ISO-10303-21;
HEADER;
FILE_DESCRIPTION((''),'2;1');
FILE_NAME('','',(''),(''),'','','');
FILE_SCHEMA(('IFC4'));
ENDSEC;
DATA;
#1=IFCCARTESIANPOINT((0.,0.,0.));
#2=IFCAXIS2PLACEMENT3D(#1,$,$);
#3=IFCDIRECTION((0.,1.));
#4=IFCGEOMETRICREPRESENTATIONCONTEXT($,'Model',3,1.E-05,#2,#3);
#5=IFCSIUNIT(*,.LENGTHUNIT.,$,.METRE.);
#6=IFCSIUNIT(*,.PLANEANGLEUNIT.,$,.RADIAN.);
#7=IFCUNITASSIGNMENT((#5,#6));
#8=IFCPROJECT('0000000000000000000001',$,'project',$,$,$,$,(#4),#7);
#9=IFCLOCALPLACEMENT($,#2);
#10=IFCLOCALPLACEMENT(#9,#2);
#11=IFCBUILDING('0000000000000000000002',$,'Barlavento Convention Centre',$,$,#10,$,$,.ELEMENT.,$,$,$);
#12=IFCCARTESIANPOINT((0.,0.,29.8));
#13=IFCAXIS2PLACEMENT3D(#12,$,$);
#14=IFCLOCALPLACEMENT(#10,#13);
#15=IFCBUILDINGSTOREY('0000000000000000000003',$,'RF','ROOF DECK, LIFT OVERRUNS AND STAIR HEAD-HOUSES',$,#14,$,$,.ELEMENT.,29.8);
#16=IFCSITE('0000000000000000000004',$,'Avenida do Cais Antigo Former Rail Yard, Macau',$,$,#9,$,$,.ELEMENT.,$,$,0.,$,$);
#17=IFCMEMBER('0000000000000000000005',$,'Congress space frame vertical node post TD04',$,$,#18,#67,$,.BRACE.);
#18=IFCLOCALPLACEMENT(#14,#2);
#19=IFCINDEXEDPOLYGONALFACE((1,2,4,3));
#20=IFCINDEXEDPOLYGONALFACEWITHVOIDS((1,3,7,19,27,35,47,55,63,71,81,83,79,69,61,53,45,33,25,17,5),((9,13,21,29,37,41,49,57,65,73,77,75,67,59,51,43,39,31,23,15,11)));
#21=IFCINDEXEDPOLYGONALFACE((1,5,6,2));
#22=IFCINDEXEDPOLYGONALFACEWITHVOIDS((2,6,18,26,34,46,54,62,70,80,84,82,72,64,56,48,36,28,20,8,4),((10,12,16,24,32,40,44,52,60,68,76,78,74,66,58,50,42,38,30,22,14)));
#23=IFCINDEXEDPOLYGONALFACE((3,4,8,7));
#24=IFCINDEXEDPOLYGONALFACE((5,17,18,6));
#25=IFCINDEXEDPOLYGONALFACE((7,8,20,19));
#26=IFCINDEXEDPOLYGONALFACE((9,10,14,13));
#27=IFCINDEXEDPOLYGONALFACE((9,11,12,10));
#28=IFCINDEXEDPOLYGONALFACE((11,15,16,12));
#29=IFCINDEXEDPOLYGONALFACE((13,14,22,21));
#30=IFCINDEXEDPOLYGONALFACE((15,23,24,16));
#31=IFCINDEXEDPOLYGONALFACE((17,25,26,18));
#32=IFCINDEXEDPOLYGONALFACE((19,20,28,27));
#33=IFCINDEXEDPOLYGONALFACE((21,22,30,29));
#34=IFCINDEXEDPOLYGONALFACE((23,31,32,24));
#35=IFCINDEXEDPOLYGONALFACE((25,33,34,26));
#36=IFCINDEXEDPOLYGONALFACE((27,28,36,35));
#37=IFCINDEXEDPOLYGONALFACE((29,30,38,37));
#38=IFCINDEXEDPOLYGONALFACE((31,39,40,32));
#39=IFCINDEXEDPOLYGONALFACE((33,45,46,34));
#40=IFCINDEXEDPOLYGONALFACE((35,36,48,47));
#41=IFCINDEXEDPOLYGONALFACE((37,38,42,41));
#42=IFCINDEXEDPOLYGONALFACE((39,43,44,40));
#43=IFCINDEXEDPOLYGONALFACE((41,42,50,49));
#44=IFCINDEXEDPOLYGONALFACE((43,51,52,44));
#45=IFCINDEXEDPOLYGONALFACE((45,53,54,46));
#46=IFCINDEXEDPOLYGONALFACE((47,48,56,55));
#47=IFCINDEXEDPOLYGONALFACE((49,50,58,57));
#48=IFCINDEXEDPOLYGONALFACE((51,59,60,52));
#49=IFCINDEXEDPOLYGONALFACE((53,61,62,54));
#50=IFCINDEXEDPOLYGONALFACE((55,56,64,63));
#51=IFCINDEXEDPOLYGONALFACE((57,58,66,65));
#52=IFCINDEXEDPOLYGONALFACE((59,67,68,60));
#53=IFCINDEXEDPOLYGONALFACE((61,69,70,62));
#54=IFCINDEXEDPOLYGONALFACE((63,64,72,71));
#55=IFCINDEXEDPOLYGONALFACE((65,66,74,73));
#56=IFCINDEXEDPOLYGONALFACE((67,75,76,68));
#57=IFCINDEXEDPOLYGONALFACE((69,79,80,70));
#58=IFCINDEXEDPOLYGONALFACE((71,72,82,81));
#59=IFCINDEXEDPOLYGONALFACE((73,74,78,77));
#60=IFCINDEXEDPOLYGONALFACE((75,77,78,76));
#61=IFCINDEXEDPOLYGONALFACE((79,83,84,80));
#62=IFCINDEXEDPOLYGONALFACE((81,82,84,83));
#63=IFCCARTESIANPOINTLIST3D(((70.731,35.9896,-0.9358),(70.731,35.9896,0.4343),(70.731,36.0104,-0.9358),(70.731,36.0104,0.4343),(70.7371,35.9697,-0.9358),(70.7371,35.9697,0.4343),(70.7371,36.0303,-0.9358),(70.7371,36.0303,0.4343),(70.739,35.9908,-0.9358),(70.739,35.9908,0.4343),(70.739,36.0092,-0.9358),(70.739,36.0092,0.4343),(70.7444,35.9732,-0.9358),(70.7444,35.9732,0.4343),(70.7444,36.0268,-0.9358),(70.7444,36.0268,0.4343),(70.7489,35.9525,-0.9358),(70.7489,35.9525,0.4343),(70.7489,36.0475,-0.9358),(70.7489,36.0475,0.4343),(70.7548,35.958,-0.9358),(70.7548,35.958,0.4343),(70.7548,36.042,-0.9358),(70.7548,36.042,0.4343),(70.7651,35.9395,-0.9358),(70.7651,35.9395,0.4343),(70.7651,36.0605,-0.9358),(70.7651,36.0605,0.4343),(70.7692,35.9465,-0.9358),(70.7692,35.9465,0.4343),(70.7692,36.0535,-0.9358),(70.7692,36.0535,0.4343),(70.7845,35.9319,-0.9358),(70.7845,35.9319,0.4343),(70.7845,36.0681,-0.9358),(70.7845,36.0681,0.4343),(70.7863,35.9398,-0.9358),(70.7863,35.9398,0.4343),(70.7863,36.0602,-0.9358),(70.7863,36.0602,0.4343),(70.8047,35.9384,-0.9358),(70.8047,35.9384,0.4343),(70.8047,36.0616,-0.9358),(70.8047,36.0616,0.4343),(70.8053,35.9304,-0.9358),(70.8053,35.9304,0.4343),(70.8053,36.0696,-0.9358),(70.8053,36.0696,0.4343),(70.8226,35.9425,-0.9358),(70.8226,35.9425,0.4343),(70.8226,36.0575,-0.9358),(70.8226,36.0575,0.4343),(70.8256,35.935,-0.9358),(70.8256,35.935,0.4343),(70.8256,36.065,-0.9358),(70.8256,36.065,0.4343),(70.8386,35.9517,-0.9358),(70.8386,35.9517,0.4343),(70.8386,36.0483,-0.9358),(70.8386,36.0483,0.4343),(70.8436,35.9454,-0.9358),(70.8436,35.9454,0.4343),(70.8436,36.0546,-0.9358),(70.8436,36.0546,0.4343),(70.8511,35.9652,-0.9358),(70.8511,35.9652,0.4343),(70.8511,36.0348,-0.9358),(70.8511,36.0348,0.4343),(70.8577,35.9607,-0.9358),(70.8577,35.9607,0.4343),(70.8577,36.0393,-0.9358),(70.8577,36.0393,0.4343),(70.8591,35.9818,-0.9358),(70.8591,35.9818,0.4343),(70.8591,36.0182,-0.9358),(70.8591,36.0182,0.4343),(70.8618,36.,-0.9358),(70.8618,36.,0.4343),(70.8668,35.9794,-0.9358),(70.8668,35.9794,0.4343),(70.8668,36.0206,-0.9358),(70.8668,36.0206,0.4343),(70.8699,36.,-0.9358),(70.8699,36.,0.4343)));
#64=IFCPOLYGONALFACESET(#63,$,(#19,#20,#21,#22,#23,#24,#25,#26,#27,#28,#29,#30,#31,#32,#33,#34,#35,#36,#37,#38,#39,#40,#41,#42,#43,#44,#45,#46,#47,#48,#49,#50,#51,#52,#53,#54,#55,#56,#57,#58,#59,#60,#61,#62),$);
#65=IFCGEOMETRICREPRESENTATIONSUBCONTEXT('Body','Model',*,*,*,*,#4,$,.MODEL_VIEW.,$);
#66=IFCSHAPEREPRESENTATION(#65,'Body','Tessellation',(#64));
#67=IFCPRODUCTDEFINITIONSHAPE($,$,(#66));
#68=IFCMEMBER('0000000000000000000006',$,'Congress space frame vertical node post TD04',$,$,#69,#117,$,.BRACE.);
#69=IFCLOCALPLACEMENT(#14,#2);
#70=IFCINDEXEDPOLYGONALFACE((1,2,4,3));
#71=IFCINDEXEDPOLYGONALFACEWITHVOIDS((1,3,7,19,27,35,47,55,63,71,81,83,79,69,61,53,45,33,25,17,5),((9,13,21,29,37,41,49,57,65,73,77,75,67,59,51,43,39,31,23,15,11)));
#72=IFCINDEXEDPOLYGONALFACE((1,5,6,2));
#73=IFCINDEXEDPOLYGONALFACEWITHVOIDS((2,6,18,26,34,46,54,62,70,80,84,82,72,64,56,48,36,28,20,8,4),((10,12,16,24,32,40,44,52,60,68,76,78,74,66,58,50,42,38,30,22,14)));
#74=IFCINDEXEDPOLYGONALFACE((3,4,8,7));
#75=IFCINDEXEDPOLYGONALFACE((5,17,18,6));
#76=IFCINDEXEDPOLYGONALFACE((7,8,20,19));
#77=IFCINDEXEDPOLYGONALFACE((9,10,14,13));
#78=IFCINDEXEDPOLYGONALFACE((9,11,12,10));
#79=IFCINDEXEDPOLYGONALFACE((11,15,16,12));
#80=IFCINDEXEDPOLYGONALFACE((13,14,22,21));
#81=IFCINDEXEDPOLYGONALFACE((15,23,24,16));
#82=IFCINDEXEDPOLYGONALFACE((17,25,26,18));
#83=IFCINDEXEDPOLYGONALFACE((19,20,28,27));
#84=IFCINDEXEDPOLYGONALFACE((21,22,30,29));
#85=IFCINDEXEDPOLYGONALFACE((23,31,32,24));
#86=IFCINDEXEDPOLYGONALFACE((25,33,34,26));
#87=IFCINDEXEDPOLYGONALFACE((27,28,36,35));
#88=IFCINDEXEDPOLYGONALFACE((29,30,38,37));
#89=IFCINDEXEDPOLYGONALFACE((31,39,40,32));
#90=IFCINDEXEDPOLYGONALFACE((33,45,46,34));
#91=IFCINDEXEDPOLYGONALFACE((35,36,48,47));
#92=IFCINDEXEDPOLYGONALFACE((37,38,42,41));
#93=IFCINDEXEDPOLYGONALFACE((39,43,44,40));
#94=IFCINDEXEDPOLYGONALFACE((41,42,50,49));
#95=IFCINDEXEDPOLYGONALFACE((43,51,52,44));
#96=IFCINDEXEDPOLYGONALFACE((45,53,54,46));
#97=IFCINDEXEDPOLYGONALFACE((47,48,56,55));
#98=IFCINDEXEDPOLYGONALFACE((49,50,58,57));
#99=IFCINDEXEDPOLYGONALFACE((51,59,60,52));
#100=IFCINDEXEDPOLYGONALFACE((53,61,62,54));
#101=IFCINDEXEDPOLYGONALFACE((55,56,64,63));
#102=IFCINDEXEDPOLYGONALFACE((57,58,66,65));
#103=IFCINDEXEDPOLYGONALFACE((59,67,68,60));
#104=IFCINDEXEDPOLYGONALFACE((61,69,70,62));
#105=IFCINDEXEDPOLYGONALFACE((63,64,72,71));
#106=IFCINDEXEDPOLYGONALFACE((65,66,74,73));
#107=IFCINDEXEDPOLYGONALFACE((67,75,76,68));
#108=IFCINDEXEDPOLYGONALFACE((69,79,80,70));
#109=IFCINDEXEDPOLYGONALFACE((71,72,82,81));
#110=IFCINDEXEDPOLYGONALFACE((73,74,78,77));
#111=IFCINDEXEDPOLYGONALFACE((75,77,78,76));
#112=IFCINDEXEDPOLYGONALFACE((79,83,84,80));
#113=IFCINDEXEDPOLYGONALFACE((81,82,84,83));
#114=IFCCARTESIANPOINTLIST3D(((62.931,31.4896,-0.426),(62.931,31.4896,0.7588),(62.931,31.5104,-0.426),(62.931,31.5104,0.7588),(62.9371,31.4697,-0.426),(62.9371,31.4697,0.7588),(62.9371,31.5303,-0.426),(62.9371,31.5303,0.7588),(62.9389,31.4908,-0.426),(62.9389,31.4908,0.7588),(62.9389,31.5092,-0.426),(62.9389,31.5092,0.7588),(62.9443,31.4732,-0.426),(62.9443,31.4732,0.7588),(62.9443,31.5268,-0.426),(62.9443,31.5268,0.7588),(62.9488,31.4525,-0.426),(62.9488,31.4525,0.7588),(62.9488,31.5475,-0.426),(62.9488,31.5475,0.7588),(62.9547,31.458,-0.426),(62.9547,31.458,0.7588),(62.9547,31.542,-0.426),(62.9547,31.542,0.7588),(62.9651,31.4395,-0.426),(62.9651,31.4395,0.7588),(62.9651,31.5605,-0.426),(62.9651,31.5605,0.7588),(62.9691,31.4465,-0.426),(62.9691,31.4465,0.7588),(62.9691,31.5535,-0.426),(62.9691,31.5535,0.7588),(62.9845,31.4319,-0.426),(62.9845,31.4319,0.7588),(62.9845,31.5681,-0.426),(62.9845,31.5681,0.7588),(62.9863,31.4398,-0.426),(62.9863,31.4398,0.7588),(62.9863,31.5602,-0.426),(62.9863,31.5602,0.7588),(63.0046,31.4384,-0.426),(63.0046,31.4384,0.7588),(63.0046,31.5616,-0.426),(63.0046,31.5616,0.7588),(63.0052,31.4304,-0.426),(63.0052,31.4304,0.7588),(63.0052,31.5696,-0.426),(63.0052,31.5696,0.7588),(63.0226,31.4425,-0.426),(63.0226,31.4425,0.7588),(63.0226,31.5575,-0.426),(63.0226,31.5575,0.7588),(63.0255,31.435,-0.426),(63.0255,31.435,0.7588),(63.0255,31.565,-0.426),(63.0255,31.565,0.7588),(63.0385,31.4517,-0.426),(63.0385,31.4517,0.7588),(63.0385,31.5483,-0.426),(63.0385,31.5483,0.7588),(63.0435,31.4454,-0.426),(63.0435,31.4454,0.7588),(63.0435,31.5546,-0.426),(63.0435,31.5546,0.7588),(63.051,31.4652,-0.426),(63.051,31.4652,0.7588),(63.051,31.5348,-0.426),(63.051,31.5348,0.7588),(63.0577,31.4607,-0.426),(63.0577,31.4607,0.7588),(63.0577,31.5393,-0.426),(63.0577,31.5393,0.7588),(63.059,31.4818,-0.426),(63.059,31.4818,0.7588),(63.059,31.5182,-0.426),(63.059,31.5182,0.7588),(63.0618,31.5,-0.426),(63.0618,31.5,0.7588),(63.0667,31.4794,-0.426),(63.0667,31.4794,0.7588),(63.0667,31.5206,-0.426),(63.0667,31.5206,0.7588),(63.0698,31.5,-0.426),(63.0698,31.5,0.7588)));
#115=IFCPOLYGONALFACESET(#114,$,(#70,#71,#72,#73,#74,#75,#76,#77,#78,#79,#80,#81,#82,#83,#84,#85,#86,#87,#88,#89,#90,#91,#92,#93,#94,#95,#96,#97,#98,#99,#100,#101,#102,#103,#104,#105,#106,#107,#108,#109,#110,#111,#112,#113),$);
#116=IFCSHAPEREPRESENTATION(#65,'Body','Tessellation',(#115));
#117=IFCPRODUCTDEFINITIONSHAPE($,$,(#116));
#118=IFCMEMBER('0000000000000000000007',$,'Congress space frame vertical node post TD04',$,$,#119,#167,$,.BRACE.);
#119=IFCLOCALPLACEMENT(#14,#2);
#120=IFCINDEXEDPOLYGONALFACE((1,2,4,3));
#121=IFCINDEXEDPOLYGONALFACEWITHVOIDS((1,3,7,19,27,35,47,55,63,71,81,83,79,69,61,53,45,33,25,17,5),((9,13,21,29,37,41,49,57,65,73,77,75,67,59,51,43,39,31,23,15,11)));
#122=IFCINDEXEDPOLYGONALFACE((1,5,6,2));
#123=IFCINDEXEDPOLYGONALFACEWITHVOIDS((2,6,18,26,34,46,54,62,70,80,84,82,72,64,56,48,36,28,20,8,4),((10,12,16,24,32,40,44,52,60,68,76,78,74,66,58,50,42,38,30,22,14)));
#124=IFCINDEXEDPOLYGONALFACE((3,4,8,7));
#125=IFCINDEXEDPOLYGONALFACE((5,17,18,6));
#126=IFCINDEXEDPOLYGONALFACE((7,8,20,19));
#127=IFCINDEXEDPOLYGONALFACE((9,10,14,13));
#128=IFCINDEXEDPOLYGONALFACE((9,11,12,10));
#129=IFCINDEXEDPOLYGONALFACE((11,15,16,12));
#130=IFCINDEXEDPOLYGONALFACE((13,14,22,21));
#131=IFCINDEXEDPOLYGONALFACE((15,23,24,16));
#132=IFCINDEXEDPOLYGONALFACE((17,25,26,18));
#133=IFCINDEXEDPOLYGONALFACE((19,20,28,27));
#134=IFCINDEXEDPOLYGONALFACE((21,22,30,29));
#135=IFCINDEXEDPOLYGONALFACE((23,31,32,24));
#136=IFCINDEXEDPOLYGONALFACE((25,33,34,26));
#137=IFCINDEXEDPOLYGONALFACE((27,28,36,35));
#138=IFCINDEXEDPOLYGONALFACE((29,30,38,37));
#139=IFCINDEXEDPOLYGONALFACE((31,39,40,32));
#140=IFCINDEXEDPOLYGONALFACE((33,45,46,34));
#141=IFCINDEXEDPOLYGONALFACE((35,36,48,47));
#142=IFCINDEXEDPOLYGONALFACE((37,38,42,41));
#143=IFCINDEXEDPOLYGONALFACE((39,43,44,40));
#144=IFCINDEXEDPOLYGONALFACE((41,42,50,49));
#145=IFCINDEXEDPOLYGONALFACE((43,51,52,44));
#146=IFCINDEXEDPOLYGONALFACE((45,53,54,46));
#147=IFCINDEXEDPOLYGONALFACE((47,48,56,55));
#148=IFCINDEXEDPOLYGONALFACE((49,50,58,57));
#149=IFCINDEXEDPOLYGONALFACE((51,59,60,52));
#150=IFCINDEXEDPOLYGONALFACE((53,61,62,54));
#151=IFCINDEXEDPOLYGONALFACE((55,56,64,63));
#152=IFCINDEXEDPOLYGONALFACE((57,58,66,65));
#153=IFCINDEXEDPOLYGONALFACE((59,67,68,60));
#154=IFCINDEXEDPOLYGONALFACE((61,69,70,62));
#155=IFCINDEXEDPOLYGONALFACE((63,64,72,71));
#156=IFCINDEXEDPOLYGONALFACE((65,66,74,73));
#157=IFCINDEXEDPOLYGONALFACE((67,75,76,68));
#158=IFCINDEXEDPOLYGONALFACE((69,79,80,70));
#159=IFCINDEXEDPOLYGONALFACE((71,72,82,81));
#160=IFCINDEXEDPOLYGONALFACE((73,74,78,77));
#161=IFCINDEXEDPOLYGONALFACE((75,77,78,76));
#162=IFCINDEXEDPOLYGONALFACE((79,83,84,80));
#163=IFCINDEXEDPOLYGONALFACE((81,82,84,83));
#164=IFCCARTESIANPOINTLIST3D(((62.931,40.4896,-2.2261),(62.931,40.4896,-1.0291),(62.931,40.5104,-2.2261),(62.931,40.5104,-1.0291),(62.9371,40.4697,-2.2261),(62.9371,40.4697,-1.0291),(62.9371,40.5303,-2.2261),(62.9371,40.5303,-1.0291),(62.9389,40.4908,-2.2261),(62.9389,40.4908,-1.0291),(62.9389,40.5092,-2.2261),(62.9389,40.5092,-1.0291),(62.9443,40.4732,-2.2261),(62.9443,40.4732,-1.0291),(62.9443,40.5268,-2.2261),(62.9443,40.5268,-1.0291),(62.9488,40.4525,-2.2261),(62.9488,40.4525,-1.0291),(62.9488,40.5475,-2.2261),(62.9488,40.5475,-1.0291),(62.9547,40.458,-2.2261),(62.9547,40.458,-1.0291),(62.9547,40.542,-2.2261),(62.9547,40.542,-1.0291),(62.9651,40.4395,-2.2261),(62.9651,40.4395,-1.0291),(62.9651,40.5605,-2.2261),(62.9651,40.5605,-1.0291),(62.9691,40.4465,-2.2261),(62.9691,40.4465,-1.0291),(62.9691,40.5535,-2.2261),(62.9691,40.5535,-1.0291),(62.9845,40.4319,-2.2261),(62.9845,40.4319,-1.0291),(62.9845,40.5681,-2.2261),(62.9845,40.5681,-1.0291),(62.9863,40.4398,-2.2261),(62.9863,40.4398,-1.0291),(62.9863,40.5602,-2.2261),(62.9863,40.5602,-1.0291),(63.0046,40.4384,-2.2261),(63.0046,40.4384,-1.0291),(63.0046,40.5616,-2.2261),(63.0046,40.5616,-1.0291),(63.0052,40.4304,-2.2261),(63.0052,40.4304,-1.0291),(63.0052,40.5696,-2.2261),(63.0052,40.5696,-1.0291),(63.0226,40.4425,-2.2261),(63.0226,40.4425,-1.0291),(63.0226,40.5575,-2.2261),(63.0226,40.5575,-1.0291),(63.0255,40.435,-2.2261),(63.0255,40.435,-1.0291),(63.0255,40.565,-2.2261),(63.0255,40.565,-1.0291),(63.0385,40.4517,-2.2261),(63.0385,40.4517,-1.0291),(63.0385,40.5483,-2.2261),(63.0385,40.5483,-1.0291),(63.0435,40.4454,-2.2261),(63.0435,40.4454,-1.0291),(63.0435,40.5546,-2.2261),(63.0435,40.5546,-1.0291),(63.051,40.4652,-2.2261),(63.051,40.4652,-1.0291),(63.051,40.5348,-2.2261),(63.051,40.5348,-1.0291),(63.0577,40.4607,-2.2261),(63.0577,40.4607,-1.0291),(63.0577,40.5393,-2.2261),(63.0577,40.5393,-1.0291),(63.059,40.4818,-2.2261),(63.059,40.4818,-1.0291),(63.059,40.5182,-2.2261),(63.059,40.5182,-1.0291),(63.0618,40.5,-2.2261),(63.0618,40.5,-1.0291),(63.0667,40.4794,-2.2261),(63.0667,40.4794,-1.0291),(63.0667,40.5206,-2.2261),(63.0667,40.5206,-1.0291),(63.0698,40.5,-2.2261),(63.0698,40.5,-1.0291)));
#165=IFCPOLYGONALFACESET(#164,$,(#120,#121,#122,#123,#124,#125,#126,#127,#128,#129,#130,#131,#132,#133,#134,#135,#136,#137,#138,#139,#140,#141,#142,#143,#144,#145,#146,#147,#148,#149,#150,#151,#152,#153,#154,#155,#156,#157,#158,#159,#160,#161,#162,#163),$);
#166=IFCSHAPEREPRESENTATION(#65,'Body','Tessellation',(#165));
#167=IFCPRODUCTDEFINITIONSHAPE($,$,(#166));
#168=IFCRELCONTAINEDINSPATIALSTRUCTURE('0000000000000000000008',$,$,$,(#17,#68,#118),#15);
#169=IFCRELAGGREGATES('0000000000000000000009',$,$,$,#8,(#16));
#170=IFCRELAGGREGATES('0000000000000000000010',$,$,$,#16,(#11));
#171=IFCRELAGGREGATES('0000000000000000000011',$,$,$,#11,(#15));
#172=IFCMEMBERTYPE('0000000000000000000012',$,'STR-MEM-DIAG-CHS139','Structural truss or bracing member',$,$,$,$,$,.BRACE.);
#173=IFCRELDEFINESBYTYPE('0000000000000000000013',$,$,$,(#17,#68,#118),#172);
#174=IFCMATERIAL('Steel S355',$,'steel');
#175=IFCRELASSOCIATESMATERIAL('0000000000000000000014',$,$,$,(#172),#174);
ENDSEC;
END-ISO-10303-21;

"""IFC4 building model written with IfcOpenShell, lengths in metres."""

from ifc_helpers import new_model, si_unit, direction, frame, origin, origin_2d, place, context, subcontext, project, spatial, hollow_circle, extrude, material, material_profile, profile_set, type_object, element, save


model = new_model("IFC4")

# Units and contexts
model_context = context("Model", 3, precision=1e-05, world=origin(), true_north=direction((0.0, 1.0)))
body_context = subcontext(model_context, "Body", "Model", "MODEL_VIEW")
ifc_project = project(units=[si_unit("LENGTHUNIT", "METRE"), si_unit("PLANEANGLEUNIT", "RADIAN")], contexts=[model_context])

# Site, building, storey
site_placement = place(None, origin())
site = spatial("IfcSite", under=ifc_project, at=site_placement, Name="Avenida do Cais Antigo Former Rail Yard, Macau", CompositionType="ELEMENT", RefElevation=0.0)
building_placement = place(site_placement, origin())
building = spatial("IfcBuilding", under=site, at=building_placement, Name="Barlavento Convention Centre", CompositionType="ELEMENT")
storey_placement = place(building_placement, frame((0.0, 0.0, 29.8)))
storey = spatial("IfcBuildingStorey", under=building, at=storey_placement, Name="RF", Description="ROOF DECK, LIFT OVERRUNS AND STAIR HEAD-HOUSES", CompositionType="ELEMENT", Elevation=29.8)

# Shared definitions
ifc_material_1 = material(Name="Steel S355", Category="steel")

# Members
ifc_material_profile_1 = material_profile(ifc_material_1, hollow_circle(Radius=0.0698, WallThickness=0.0081, at=origin_2d()), Name="CHS 139.7x8.0")
ifc_profile_set_1 = profile_set([ifc_material_profile_1], Name="Steel S355")
member_type_1 = type_object("IfcMemberType", Name="STR-MEM-DIAG-CHS139", Description="Structural truss or bracing member", PredefinedType="BRACE", material=ifc_profile_set_1)
member_1_placement = place(storey_placement, frame((70.8, 36.0, -0.9358), z_axis=(0.0, 0.0, 1.0), x_axis=(1.0, 0.0, 0.0)))
element("IfcMember", 1, at=member_1_placement, inside=storey, type_object=member_type_1, Name="Congress space frame vertical node post TD04", PredefinedType="BRACE", context=body_context, shape_type="SweptSolid", body=[
    extrude(hollow_circle(Radius=0.0698, WallThickness=0.0081, at=origin_2d()), origin(), (0.0, 0.0, 1.0), 1.3701),
])
member_2_placement = place(storey_placement, frame((63.0, 31.5, -0.426), z_axis=(0.0, 0.0, 1.0), x_axis=(1.0, 0.0, 0.0)))
element("IfcMember", 2, at=member_2_placement, inside=storey, type_object=member_type_1, Name="Congress space frame vertical node post TD04", PredefinedType="BRACE", context=body_context, shape_type="SweptSolid", body=[
    extrude(hollow_circle(Radius=0.0698, WallThickness=0.0081, at=origin_2d()), origin(), (0.0, 0.0, 1.0), 1.1848),
])
member_3_placement = place(storey_placement, frame((63.0, 40.5, -2.2261), z_axis=(0.0, 0.0, 1.0), x_axis=(1.0, 0.0, 0.0)))
element("IfcMember", 3, at=member_3_placement, inside=storey, type_object=member_type_1, Name="Congress space frame vertical node post TD04", PredefinedType="BRACE", context=body_context, shape_type="SweptSolid", body=[
    extrude(hollow_circle(Radius=0.0698, WallThickness=0.0081, at=origin_2d()), origin(), (0.0, 0.0, 1.0), 1.197),
])

save(model, "model.ifc")
